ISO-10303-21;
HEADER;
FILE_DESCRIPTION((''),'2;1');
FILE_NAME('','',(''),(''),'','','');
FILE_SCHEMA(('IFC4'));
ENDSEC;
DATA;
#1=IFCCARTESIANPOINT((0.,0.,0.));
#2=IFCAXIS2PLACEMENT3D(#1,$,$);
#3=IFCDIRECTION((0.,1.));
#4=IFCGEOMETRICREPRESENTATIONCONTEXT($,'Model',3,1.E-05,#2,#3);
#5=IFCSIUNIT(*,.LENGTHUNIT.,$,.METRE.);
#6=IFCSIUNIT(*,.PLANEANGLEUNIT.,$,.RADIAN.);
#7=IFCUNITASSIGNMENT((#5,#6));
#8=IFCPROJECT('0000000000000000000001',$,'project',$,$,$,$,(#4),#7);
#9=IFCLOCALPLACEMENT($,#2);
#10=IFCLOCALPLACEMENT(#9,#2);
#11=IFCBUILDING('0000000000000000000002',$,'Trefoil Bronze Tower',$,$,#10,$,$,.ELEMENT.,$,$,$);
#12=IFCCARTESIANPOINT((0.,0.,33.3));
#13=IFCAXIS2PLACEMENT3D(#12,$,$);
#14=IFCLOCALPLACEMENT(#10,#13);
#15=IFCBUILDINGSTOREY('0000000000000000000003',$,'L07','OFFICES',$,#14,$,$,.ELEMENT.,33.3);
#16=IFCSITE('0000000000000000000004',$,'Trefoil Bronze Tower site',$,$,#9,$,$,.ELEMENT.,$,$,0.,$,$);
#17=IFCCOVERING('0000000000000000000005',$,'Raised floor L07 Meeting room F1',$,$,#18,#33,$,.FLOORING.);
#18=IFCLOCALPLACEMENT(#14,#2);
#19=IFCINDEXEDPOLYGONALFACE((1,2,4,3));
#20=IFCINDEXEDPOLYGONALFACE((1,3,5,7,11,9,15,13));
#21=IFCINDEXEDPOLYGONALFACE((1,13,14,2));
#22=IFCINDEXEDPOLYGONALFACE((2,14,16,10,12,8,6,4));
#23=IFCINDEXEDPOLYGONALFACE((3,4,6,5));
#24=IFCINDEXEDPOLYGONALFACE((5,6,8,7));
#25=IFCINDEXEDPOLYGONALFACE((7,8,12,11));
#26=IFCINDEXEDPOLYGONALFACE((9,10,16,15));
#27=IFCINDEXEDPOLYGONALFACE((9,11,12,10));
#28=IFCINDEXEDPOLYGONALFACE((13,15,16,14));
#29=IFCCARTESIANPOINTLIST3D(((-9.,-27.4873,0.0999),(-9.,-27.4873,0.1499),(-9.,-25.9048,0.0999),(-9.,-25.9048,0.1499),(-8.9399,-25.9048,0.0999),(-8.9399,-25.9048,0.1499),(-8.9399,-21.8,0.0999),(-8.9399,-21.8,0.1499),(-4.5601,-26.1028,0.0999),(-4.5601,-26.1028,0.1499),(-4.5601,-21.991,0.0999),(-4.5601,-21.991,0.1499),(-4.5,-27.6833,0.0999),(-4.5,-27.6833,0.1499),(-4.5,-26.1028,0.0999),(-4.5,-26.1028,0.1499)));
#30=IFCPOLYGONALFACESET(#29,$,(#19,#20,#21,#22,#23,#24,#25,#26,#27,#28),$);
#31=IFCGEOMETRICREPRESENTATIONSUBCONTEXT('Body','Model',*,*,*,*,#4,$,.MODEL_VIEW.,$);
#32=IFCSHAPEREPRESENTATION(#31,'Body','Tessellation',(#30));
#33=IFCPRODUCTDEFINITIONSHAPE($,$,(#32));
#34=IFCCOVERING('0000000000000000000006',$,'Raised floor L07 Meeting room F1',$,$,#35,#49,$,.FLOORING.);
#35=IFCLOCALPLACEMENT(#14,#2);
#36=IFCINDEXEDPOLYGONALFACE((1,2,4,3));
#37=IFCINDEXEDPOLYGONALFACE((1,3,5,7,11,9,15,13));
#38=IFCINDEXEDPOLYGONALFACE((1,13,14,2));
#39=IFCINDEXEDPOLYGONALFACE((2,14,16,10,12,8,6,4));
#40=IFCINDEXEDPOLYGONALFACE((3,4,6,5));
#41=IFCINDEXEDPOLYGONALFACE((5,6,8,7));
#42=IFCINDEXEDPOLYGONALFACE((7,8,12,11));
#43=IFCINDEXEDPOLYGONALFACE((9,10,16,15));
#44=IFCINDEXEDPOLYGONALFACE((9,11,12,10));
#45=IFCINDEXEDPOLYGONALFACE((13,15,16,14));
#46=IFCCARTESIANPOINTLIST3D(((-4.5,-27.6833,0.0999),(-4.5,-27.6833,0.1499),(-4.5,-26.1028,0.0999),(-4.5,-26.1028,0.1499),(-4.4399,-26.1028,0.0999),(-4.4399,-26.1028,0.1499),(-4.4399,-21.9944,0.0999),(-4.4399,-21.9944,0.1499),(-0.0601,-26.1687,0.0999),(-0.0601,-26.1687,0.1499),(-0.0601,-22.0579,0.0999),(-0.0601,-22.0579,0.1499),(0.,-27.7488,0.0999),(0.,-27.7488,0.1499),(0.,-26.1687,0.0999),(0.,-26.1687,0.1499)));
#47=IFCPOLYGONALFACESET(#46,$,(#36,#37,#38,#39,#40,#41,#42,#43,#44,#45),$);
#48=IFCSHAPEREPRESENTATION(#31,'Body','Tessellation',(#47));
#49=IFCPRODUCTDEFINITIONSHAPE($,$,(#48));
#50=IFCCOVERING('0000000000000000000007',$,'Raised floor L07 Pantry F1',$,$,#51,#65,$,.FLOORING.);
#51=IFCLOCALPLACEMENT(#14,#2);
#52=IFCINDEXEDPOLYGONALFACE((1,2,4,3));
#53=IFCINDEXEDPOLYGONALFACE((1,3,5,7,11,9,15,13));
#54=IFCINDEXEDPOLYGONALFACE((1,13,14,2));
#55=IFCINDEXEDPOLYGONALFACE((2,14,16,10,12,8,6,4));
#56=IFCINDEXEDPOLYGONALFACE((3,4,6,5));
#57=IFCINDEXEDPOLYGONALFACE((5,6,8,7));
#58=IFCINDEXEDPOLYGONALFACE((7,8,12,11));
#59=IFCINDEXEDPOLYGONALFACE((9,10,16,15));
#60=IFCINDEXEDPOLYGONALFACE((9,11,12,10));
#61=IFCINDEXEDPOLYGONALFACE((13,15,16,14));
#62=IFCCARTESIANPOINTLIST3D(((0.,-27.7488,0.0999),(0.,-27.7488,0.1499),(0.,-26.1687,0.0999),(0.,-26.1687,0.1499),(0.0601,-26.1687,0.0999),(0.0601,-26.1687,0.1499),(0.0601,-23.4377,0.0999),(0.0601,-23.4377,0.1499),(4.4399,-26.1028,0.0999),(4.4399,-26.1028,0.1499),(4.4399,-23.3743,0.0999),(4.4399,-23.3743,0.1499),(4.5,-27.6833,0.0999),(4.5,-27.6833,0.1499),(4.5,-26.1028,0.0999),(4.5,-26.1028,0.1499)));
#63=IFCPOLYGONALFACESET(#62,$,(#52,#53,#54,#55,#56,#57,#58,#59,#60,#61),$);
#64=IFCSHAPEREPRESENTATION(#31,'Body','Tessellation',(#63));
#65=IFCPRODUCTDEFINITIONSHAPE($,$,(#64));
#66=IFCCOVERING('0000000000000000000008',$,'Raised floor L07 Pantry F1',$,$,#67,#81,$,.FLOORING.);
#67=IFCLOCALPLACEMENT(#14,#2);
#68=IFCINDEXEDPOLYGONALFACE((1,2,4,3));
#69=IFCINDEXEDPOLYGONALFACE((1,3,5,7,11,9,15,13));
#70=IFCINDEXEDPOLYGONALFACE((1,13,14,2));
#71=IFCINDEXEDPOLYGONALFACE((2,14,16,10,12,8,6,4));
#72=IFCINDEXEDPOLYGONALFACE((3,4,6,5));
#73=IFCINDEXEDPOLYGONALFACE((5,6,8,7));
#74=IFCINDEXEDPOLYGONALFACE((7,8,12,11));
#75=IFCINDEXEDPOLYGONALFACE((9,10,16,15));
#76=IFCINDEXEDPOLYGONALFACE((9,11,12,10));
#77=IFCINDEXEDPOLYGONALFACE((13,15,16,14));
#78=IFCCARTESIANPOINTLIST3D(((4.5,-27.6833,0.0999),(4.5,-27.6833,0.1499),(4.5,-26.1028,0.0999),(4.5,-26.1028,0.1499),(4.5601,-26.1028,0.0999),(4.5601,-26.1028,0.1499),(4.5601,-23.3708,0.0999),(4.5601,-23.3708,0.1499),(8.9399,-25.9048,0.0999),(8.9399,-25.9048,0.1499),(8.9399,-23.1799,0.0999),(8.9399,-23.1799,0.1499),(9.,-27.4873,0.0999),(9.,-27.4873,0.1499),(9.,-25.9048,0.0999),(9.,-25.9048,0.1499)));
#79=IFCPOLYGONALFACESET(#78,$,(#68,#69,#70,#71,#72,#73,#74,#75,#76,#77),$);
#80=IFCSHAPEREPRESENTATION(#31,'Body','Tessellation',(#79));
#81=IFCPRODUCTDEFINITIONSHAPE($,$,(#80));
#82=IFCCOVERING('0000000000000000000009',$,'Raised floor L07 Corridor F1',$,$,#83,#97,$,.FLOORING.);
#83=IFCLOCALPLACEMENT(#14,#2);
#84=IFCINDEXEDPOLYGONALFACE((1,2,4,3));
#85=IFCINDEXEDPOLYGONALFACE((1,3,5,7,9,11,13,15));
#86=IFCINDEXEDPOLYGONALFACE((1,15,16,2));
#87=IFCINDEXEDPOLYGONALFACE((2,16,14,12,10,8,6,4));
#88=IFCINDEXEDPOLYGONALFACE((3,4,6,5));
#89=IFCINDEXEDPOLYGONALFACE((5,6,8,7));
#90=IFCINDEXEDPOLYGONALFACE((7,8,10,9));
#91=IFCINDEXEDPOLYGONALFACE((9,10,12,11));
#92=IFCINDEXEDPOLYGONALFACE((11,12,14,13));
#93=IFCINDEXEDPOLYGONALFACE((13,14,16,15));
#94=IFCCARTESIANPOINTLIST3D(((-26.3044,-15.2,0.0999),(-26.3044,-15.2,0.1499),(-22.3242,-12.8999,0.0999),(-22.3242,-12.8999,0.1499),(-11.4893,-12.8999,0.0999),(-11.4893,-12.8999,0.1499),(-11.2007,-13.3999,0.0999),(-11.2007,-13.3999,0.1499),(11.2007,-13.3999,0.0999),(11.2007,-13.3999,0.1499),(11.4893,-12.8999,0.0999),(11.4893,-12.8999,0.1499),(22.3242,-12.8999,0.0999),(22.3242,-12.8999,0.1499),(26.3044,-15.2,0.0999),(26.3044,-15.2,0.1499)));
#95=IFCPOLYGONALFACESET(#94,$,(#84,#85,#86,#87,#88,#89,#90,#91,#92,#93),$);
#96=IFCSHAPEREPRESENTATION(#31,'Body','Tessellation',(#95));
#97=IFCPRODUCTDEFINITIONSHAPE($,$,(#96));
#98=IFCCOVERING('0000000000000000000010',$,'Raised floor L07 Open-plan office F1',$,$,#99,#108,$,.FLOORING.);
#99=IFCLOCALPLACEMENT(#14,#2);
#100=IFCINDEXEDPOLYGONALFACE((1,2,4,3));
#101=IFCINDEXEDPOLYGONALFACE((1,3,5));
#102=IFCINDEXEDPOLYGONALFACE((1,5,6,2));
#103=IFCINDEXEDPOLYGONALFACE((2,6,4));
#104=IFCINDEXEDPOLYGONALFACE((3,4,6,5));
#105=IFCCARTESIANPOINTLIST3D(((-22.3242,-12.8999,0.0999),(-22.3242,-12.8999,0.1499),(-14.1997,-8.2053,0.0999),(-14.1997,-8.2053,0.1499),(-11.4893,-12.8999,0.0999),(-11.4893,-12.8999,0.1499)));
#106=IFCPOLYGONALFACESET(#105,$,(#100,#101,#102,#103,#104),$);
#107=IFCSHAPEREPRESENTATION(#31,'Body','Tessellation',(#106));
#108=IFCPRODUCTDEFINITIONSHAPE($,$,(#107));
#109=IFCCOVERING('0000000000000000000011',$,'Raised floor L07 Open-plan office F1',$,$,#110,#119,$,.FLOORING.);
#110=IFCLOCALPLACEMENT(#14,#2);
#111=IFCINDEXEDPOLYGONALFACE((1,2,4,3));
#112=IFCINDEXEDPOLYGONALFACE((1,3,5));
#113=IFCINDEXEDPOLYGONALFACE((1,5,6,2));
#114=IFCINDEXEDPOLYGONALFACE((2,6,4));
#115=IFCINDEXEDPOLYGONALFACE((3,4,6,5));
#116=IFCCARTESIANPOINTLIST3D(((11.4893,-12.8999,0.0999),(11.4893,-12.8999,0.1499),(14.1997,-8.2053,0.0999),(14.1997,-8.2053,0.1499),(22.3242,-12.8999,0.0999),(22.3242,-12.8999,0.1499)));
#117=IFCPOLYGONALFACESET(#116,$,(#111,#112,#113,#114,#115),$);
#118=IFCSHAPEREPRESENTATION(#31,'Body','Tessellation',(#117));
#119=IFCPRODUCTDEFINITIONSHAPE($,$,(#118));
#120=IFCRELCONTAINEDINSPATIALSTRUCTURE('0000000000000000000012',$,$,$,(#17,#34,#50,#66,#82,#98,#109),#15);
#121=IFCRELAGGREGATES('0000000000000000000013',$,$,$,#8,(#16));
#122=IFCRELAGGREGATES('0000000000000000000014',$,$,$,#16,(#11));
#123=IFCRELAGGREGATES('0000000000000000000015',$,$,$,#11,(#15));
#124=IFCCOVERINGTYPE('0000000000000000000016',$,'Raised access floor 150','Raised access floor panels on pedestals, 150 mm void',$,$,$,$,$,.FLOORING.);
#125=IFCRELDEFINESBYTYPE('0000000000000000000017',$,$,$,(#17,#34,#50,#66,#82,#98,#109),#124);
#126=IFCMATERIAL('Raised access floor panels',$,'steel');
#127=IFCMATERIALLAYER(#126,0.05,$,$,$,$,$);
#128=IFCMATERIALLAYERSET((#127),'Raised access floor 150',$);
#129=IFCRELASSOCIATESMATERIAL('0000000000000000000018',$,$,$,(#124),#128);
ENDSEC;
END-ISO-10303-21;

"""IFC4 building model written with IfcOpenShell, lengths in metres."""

from ifc_helpers import new_model, si_unit, direction, frame, origin, place, context, subcontext, project, spatial, polyline, outline, extrude, material, layer, layer_set, type_object, element, save


model = new_model("IFC4")

# Units and contexts
model_context = context("Model", 3, precision=1e-05, world=origin(), true_north=direction((0.0, 1.0)))
body_context = subcontext(model_context, "Body", "Model", "MODEL_VIEW")
ifc_project = project(units=[si_unit("LENGTHUNIT", "METRE"), si_unit("PLANEANGLEUNIT", "RADIAN")], contexts=[model_context])

# Site, building, storey
site_placement = place(None, origin())
site = spatial("IfcSite", under=ifc_project, at=site_placement, Name="Trefoil Bronze Tower site", CompositionType="ELEMENT", RefElevation=0.0)
building_placement = place(site_placement, origin())
building = spatial("IfcBuilding", under=site, at=building_placement, Name="Trefoil Bronze Tower", CompositionType="ELEMENT")
storey_placement = place(building_placement, frame((0.0, 0.0, 33.3)))
storey = spatial("IfcBuildingStorey", under=building, at=storey_placement, Name="L07", Description="OFFICES", CompositionType="ELEMENT", Elevation=33.3)

# Coverings
ifc_material_1 = material(Name="Raised access floor panels", Category="steel")
ifc_layer_1 = layer(ifc_material_1, 0.05)
ifc_layer_set_1 = layer_set([ifc_layer_1], Name="Raised access floor 150")
covering_type_1 = type_object("IfcCoveringType", Name="Raised access floor 150", Description="Raised access floor panels on pedestals, 150 mm void", PredefinedType="FLOORING", material=ifc_layer_set_1)
covering_1_placement = place(storey_placement, frame((0.0, 0.0, 0.0999)))
element("IfcCovering", 1, at=covering_1_placement, inside=storey, type_object=covering_type_1, Name="Raised floor L07 Meeting room F1", PredefinedType="FLOORING", context=body_context, shape_type="SweptSolid", body=[
    extrude(outline(polyline([(-4.5, -27.6833), (-9.0, -27.4873), (-9.0, -25.9048), (-8.9399, -25.9048), (-8.9399, -21.8), (-4.5601, -21.991), (-4.5601, -26.1028), (-4.5, -26.1028), (-4.5, -27.6833)])), origin(), (0.0, 0.0, 1.0), 0.05),
])
covering_2_placement = place(storey_placement, frame((0.0, 0.0, 0.0999)))
element("IfcCovering", 2, at=covering_2_placement, inside=storey, type_object=covering_type_1, Name="Raised floor L07 Meeting room F1", PredefinedType="FLOORING", context=body_context, shape_type="SweptSolid", body=[
    extrude(outline(polyline([(0.0, -27.7488), (-4.5, -27.6833), (-4.5, -26.1028), (-4.4399, -26.1028), (-4.4399, -21.9944), (-0.0601, -22.0579), (-0.0601, -26.1687), (0.0, -26.1687), (0.0, -27.7488)])), origin(), (0.0, 0.0, 1.0), 0.05),
])
covering_3_placement = place(storey_placement, frame((0.0, 0.0, 0.0999)))
element("IfcCovering", 3, at=covering_3_placement, inside=storey, type_object=covering_type_1, Name="Raised floor L07 Pantry F1", PredefinedType="FLOORING", context=body_context, shape_type="SweptSolid", body=[
    extrude(outline(polyline([(4.5, -27.6833), (0.0, -27.7488), (0.0, -26.1687), (0.0601, -26.1687), (0.0601, -23.4377), (4.4399, -23.3743), (4.4399, -26.1028), (4.5, -26.1028), (4.5, -27.6833)])), origin(), (0.0, 0.0, 1.0), 0.05),
])
covering_4_placement = place(storey_placement, frame((0.0, 0.0, 0.0999)))
element("IfcCovering", 4, at=covering_4_placement, inside=storey, type_object=covering_type_1, Name="Raised floor L07 Pantry F1", PredefinedType="FLOORING", context=body_context, shape_type="SweptSolid", body=[
    extrude(outline(polyline([(9.0, -27.4873), (4.5, -27.6833), (4.5, -26.1028), (4.5601, -26.1028), (4.5601, -23.3708), (8.9399, -23.1799), (8.9399, -25.9048), (9.0, -25.9048), (9.0, -27.4873)])), origin(), (0.0, 0.0, 1.0), 0.05),
])
covering_5_placement = place(storey_placement, frame((0.0, 0.0, 0.0999)))
element("IfcCovering", 5, at=covering_5_placement, inside=storey, type_object=covering_type_1, Name="Raised floor L07 Corridor F1", PredefinedType="FLOORING", context=body_context, shape_type="SweptSolid", body=[
    extrude(outline(polyline([(-26.3044, -15.2), (-22.3242, -12.8999), (-11.4893, -12.8999), (-11.2007, -13.3999), (11.2007, -13.3999), (11.4893, -12.8999), (22.3242, -12.8999), (26.3044, -15.2), (-26.3044, -15.2)])), origin(), (0.0, 0.0, 1.0), 0.05),
])
covering_6_placement = place(storey_placement, frame((0.0, 0.0, 0.0999)))
element("IfcCovering", 6, at=covering_6_placement, inside=storey, type_object=covering_type_1, Name="Raised floor L07 Open-plan office F1", PredefinedType="FLOORING", context=body_context, shape_type="SweptSolid", body=[
    extrude(outline(polyline([(-22.3242, -12.8999), (-14.1997, -8.2053), (-11.4893, -12.8999), (-22.3242, -12.8999)])), origin(), (0.0, 0.0, 1.0), 0.05),
])
covering_7_placement = place(storey_placement, frame((0.0, 0.0, 0.0999)))
element("IfcCovering", 7, at=covering_7_placement, inside=storey, type_object=covering_type_1, Name="Raised floor L07 Open-plan office F1", PredefinedType="FLOORING", context=body_context, shape_type="SweptSolid", body=[
    extrude(outline(polyline([(14.1997, -8.2053), (22.3242, -12.8999), (11.4893, -12.8999), (14.1997, -8.2053)])), origin(), (0.0, 0.0, 1.0), 0.05),
])

save(model, "model.ifc")
